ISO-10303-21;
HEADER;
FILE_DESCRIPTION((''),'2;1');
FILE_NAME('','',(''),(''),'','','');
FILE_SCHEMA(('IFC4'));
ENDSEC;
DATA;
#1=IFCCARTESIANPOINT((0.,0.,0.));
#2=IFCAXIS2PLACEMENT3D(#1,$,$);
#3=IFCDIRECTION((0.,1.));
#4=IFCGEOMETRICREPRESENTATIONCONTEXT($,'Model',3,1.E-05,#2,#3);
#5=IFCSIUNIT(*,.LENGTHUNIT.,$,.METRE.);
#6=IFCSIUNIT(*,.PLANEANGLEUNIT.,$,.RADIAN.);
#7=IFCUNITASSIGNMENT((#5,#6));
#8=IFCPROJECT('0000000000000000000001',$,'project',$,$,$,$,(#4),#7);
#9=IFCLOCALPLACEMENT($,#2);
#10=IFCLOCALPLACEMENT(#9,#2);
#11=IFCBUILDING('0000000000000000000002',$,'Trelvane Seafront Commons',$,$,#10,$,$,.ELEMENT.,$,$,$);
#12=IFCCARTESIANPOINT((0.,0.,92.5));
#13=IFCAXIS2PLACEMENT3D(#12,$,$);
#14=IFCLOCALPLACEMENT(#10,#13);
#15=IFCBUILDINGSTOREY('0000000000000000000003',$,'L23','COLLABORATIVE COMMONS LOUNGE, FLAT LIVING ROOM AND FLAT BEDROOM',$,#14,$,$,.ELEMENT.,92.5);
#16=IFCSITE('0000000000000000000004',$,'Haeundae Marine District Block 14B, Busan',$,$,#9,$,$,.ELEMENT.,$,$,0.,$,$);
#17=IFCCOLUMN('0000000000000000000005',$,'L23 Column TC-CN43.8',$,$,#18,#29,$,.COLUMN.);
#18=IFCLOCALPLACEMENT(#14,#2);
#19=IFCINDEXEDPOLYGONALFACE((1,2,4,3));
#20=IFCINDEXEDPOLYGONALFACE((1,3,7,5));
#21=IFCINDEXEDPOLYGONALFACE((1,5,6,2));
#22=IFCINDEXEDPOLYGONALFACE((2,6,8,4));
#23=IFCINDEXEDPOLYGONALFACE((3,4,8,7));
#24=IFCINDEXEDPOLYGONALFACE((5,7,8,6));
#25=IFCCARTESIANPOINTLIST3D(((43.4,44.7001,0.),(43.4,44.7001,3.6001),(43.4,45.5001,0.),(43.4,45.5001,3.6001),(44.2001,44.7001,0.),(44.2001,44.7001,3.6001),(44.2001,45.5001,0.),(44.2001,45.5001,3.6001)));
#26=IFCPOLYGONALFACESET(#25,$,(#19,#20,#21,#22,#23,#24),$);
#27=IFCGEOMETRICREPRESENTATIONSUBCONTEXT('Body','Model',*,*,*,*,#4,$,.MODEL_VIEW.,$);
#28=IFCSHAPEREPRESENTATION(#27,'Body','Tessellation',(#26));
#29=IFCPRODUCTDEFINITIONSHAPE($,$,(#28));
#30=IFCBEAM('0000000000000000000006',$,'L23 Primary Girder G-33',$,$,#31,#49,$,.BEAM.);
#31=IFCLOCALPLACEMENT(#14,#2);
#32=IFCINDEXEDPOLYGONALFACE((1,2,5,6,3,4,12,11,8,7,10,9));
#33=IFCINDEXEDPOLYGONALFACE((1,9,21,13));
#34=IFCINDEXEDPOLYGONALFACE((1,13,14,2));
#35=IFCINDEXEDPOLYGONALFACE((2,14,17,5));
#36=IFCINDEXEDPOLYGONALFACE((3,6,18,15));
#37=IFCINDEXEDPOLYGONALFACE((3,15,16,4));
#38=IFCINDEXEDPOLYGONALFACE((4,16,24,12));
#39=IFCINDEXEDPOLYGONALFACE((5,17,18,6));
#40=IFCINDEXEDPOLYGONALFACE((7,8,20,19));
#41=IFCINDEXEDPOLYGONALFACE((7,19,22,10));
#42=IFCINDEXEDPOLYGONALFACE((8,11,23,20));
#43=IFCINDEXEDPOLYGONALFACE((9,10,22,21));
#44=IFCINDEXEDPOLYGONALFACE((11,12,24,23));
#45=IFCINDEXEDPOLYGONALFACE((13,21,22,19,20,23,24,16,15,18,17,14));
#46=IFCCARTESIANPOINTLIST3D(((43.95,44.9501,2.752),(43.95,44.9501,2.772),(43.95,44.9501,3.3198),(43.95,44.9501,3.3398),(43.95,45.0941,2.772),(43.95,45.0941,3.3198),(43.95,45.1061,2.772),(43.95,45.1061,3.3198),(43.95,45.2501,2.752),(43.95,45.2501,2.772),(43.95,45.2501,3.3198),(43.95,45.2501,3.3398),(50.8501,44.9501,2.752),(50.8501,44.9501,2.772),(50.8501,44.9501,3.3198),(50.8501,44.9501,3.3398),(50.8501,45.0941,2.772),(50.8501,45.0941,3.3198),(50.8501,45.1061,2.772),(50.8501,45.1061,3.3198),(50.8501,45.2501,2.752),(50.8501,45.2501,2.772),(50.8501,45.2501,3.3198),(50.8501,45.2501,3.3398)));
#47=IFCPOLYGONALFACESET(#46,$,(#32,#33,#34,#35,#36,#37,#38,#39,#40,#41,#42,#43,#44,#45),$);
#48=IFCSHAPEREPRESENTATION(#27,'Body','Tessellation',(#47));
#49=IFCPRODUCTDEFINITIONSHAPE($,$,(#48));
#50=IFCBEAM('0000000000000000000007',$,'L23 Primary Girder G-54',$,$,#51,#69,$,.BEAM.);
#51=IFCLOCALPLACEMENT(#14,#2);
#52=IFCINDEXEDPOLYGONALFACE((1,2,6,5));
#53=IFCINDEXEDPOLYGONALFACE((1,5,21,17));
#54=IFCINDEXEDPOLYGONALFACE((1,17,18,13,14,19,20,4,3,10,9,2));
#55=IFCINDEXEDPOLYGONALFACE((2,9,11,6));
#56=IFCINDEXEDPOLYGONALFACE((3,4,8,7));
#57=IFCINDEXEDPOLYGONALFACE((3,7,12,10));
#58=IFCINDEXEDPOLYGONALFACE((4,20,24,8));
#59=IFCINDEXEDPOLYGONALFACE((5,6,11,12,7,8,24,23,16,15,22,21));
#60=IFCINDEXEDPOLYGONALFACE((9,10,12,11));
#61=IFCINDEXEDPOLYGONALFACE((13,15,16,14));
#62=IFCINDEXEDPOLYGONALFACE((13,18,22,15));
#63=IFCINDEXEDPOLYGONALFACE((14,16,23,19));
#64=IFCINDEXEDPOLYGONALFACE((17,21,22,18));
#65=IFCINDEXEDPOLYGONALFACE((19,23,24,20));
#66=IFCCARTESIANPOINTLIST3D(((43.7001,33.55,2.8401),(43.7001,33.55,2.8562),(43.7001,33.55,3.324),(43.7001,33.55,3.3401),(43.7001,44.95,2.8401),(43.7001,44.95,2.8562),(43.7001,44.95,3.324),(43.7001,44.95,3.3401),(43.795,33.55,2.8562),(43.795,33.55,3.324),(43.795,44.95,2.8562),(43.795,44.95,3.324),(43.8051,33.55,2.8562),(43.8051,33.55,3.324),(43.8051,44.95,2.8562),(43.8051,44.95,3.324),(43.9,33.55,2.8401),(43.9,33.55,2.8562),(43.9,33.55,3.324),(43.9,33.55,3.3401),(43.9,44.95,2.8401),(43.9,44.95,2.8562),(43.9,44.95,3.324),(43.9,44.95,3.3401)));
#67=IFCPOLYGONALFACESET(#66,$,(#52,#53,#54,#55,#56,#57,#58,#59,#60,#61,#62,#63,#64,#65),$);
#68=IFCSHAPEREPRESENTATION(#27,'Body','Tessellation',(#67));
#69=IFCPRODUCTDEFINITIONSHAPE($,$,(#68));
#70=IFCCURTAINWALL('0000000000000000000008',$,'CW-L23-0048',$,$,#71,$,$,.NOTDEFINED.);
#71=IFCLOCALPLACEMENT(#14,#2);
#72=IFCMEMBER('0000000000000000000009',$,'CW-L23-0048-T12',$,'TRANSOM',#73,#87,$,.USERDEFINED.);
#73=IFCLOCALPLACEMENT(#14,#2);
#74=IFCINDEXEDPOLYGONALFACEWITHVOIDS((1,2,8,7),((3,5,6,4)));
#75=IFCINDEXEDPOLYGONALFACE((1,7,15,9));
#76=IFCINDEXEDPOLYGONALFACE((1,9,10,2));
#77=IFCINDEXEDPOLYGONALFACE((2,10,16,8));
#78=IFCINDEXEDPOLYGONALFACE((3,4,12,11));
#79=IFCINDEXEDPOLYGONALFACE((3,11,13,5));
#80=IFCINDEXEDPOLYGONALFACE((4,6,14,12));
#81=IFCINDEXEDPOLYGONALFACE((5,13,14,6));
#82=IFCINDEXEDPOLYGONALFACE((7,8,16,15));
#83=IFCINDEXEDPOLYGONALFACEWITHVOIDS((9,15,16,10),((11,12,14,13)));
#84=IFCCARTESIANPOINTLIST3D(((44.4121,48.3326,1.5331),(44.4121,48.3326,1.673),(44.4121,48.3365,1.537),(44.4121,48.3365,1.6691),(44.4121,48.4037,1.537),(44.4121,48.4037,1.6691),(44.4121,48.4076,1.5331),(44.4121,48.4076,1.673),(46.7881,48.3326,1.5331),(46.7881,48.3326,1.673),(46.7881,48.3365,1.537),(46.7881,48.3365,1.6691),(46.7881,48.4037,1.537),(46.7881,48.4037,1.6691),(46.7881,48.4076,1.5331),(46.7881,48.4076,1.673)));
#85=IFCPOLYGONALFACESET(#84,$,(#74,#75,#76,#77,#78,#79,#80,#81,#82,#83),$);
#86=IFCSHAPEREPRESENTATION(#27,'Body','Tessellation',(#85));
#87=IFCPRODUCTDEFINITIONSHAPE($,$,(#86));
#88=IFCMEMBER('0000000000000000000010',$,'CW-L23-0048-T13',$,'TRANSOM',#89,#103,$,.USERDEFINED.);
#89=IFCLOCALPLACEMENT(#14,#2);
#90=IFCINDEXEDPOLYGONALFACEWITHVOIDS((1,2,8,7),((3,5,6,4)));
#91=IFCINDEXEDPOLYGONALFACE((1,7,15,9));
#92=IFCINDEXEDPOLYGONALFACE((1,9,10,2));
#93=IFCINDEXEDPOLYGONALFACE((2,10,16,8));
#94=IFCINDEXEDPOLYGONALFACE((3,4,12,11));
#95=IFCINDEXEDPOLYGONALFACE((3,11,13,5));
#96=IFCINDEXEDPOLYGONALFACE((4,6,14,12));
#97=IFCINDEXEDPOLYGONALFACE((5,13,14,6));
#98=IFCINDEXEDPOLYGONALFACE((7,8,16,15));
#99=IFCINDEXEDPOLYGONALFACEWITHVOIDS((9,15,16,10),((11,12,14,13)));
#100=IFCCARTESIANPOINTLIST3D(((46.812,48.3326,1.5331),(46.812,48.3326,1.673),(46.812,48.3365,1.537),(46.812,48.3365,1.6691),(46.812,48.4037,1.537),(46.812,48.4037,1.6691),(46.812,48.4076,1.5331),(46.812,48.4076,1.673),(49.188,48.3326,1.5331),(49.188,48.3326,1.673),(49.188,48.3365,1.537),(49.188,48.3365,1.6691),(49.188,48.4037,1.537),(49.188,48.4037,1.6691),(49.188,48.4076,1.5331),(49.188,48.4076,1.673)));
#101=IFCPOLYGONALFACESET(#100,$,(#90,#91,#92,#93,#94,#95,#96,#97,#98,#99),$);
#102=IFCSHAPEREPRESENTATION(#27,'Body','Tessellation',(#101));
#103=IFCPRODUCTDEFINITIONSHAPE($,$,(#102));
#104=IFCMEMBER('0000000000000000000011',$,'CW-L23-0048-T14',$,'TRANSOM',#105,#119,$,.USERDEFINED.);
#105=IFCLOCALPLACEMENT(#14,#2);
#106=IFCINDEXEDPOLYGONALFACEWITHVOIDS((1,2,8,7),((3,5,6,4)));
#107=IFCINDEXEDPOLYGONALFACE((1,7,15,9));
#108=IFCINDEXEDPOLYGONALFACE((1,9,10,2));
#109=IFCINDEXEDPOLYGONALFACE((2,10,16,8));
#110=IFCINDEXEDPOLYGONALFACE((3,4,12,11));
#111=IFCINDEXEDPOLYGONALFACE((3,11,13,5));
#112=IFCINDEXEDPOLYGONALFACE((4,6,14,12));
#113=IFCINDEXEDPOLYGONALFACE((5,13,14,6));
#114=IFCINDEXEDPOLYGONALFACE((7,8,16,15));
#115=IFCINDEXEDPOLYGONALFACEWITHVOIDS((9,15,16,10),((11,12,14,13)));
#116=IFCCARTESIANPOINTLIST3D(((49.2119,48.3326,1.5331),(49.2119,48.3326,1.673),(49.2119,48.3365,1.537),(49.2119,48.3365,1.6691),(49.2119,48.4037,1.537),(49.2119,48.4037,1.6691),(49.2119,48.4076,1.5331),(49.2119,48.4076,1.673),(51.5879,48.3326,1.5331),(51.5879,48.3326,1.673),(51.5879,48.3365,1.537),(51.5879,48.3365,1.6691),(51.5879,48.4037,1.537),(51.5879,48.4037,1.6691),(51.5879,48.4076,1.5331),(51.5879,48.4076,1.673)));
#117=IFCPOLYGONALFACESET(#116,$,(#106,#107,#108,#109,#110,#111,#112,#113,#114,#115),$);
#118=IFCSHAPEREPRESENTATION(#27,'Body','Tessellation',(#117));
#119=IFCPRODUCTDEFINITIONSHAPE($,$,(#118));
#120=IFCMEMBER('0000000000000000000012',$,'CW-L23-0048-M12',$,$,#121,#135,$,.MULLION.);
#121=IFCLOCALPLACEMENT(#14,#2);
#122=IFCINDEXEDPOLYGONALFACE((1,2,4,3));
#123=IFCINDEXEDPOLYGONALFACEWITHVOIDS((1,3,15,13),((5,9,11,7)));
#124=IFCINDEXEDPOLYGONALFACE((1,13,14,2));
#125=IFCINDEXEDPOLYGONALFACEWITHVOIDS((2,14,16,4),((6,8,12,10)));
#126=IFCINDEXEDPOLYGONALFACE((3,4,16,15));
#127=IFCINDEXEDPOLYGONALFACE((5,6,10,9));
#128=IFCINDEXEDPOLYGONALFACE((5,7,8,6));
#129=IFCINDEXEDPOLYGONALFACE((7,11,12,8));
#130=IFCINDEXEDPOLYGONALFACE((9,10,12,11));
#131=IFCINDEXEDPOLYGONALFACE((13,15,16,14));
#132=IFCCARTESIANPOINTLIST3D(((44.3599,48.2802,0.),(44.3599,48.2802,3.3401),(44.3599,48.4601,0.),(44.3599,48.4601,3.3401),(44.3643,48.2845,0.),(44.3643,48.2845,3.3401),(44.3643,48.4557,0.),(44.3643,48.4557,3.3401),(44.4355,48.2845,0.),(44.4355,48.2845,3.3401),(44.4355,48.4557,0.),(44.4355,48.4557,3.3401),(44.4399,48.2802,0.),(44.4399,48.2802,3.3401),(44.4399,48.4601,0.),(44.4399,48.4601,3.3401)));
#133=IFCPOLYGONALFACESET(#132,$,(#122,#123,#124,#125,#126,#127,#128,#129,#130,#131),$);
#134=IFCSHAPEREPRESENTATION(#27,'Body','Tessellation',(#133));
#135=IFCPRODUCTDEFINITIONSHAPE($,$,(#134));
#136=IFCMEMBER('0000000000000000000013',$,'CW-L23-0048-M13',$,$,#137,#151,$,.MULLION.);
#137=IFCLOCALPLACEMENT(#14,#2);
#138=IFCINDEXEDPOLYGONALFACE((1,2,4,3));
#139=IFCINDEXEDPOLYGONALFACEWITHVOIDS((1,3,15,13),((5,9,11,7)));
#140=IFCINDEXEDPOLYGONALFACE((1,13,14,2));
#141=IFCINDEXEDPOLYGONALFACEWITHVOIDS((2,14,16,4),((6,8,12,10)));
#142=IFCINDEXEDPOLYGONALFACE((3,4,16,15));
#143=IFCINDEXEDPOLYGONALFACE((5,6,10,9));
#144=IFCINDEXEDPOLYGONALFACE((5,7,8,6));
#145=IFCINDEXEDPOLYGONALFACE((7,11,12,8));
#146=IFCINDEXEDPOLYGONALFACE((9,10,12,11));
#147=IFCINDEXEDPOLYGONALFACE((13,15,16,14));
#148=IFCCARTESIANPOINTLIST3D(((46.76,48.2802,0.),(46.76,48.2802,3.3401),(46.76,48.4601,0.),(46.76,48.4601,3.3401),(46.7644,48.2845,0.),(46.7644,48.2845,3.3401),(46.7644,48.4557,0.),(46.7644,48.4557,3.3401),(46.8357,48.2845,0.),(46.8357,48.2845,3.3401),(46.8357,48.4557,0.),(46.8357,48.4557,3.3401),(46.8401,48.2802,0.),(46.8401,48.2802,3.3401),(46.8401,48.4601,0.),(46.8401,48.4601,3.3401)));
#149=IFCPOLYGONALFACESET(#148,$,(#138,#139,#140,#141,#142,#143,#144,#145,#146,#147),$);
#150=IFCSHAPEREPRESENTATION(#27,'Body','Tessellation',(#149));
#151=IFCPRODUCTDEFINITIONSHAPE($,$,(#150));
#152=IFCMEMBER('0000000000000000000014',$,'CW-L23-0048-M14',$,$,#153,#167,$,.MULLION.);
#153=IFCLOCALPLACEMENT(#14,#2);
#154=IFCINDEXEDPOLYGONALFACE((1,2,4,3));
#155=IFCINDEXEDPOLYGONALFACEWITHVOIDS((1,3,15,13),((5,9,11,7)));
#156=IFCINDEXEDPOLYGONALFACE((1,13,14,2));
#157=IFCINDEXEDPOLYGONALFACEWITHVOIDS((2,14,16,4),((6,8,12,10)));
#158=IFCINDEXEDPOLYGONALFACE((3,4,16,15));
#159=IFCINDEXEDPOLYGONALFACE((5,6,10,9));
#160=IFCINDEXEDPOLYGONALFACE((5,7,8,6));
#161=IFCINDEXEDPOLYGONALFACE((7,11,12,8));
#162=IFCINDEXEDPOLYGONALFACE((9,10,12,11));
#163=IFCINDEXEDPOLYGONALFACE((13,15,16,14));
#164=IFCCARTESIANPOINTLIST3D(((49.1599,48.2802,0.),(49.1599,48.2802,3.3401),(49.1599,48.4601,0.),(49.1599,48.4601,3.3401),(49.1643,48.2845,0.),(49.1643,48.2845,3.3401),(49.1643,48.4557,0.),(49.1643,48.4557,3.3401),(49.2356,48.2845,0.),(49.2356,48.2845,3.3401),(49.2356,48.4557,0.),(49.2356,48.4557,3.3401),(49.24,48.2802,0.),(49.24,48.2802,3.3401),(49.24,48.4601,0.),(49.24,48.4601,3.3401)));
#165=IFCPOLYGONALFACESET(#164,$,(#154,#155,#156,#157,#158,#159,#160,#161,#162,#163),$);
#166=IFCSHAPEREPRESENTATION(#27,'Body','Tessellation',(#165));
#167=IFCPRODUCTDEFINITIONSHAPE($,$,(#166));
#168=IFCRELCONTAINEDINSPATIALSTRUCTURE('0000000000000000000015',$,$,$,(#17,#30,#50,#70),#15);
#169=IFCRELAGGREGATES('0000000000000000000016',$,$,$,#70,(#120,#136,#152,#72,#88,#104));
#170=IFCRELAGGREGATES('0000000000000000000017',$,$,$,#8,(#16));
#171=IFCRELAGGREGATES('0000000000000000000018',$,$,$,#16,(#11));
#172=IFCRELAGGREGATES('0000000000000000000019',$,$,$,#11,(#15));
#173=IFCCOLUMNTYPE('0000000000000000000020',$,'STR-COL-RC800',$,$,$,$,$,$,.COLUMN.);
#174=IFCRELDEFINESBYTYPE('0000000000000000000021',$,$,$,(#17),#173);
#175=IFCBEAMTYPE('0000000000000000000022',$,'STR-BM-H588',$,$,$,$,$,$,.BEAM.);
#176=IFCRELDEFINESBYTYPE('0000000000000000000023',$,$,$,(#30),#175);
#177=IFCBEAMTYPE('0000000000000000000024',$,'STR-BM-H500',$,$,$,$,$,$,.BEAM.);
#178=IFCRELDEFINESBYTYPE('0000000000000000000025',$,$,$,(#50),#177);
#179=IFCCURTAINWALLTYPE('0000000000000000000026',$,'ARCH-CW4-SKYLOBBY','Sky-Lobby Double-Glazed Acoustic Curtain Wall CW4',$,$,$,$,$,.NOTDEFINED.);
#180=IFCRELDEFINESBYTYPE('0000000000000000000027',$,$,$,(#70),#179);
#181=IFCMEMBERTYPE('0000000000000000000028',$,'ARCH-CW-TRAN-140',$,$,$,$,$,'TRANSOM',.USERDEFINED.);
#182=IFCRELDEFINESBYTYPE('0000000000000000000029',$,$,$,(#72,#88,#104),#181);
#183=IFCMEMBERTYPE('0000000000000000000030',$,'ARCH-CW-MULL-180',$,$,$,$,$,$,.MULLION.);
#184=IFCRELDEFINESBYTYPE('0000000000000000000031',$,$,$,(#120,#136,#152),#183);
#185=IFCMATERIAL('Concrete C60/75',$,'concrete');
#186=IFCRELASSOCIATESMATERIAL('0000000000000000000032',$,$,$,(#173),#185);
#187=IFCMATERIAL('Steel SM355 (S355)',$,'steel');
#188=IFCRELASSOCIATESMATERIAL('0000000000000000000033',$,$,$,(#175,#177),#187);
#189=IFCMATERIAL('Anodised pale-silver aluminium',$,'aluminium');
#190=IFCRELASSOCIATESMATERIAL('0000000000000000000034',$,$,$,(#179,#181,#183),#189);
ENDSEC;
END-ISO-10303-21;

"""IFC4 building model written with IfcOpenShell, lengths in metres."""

from ifc_helpers import new_model, si_unit, direction, frame, origin, origin_2d, place, context, subcontext, project, spatial, rectangle, hollow_rectangle, i_section, extrude, source, transform, mapped, material, material_profile, profile_set, type_object, element, aggregate, save


model = new_model("IFC4")

# Units and contexts
model_context = context("Model", 3, precision=1e-05, world=origin(), true_north=direction((0.0, 1.0)))
body_context = subcontext(model_context, "Body", "Model", "MODEL_VIEW")
ifc_project = project(units=[si_unit("LENGTHUNIT", "METRE"), si_unit("PLANEANGLEUNIT", "RADIAN")], contexts=[model_context])

# Site, building, storey
site_placement = place(None, origin())
site = spatial("IfcSite", under=ifc_project, at=site_placement, Name="Haeundae Marine District Block 14B, Busan", CompositionType="ELEMENT", RefElevation=0.0)
building_placement = place(site_placement, origin())
building = spatial("IfcBuilding", under=site, at=building_placement, Name="Trelvane Seafront Commons", CompositionType="ELEMENT")
storey_placement = place(building_placement, frame((0.0, 0.0, 92.5)))
storey = spatial("IfcBuildingStorey", under=building, at=storey_placement, Name="L23", Description="COLLABORATIVE COMMONS LOUNGE, FLAT LIVING ROOM AND FLAT BEDROOM", CompositionType="ELEMENT", Elevation=92.5)

# Column
ifc_material_1 = material(Name="Concrete C60/75", Category="concrete")
ifc_material_profile_1 = material_profile(ifc_material_1, rectangle(XDim=0.8, YDim=0.8, at=origin_2d()), Name="RC-800x800")
ifc_profile_set_1 = profile_set([ifc_material_profile_1], Name="Concrete C60/75")
column_type = type_object("IfcColumnType", Name="STR-COL-RC800", PredefinedType="COLUMN", material=ifc_profile_set_1)
shared_shape_1 = source(origin(), body_context, "Body", "SweptSolid", [
    extrude(rectangle(XDim=0.8, YDim=0.8, at=origin_2d()), origin(), (0.0, 0.0, 1.0), 3.6001),
])
column_placement = place(storey_placement, frame((43.8, 45.1001, 0.0), z_axis=(0.0, 0.0, 1.0), x_axis=(1.0, 0.0, 0.0)))
element("IfcColumn", 1, at=column_placement, inside=storey, type_object=column_type, Name="L23 Column TC-CN43.8", PredefinedType="COLUMN", context=body_context, shape_type="MappedRepresentation", body=[
    mapped(shared_shape_1, transform((0.0, 0.0, 0.0), x_axis=(1.0, 0.0, 0.0), y_axis=(0.0, 1.0, 0.0), z_axis=(0.0, 0.0, 1.0), scale=1.0)),
])

# Beams
ifc_material_2 = material(Name="Steel SM355 (S355)", Category="steel")
ifc_material_profile_2 = material_profile(ifc_material_2, i_section(OverallWidth=0.3, OverallDepth=0.5879, WebThickness=0.012, FlangeThickness=0.02, at=origin_2d()), Name="H-588x300x12x20")
ifc_profile_set_2 = profile_set([ifc_material_profile_2], Name="Steel SM355 (S355)")
beam_type_1 = type_object("IfcBeamType", Name="STR-BM-H588", PredefinedType="BEAM", material=ifc_profile_set_2)
shared_shape_2 = source(origin(), body_context, "Body", "SweptSolid", [
    extrude(i_section(OverallWidth=0.3, OverallDepth=0.5879, WebThickness=0.012, FlangeThickness=0.02, at=origin_2d()), origin(), (0.0, 0.0, 1.0), 6.9001),
])
beam_1_placement = place(storey_placement, frame((43.95, 45.1001, 3.0459), z_axis=(1.0, 0.0, 0.0), x_axis=(0.0, 1.0, 0.0)))
element("IfcBeam", 2, at=beam_1_placement, inside=storey, type_object=beam_type_1, Name="L23 Primary Girder G-33", PredefinedType="BEAM", context=body_context, shape_type="MappedRepresentation", body=[
    mapped(shared_shape_2, transform((0.0, 0.0, 0.0), x_axis=(1.0, 0.0, 0.0), y_axis=(0.0, 1.0, 0.0), z_axis=(0.0, 0.0, 1.0), scale=1.0)),
])
ifc_material_profile_3 = material_profile(ifc_material_2, i_section(OverallWidth=0.2, OverallDepth=0.5, WebThickness=0.01, FlangeThickness=0.0161, at=origin_2d()), Name="H-500x200x10x16")
ifc_profile_set_3 = profile_set([ifc_material_profile_3], Name="Steel SM355 (S355)")
beam_type_2 = type_object("IfcBeamType", Name="STR-BM-H500", PredefinedType="BEAM", material=ifc_profile_set_3)
shared_shape_3 = source(origin(), body_context, "Body", "SweptSolid", [
    extrude(i_section(OverallWidth=0.2, OverallDepth=0.5, WebThickness=0.01, FlangeThickness=0.0161, at=origin_2d()), origin(), (0.0, 0.0, 1.0), 11.3999),
])
beam_2_placement = place(storey_placement, frame((43.8, 33.55, 3.0901), z_axis=(0.0, 1.0, 0.0), x_axis=(-1.0, 0.0, 0.0)))
element("IfcBeam", 3, at=beam_2_placement, inside=storey, type_object=beam_type_2, Name="L23 Primary Girder G-54", PredefinedType="BEAM", context=body_context, shape_type="MappedRepresentation", body=[
    mapped(shared_shape_3, transform((0.0, 0.0, 0.0), x_axis=(1.0, 0.0, 0.0), y_axis=(0.0, 1.0, 0.0), z_axis=(0.0, 0.0, 1.0), scale=1.0)),
])

# Curtain wall, members
ifc_material_3 = material(Name="Anodised pale-silver aluminium", Category="aluminium")
curtain_wall_type = type_object("IfcCurtainWallType", Name="ARCH-CW4-SKYLOBBY", Description="Sky-Lobby Double-Glazed Acoustic Curtain Wall CW4", PredefinedType="NOTDEFINED", material=ifc_material_3)
curtain_wall_placement = place(storey_placement, origin())
curtain_wall = element("IfcCurtainWall", 4, at=curtain_wall_placement, inside=storey, type_object=curtain_wall_type, Name="CW-L23-0048", PredefinedType="NOTDEFINED")
ifc_material_profile_4 = material_profile(ifc_material_3, hollow_rectangle(XDim=0.075, YDim=0.1399, WallThickness=0.0039, at=origin_2d()), Name="TRAN-75x140x4")
ifc_profile_set_4 = profile_set([ifc_material_profile_4], Name="Anodised pale-silver aluminium")
member_type_1 = type_object("IfcMemberType", Name="ARCH-CW-TRAN-140", ElementType="TRANSOM", PredefinedType="USERDEFINED", material=ifc_profile_set_4)
shared_shape_4 = source(origin(), body_context, "Body", "SweptSolid", [
    extrude(hollow_rectangle(XDim=0.075, YDim=0.1399, WallThickness=0.0039, at=origin_2d()), origin(), (0.0, 0.0, 1.0), 2.376),
])
member_1_placement = place(storey_placement, frame((44.4121, 48.3701, 1.603), z_axis=(1.0, 0.0, 0.0), x_axis=(0.0, 1.0, 0.0)))
member_1 = element("IfcMember", 5, at=member_1_placement, type_object=member_type_1, Name="CW-L23-0048-T12", ObjectType="TRANSOM", PredefinedType="USERDEFINED", context=body_context, shape_type="MappedRepresentation", body=[
    mapped(shared_shape_4, transform((0.0, 0.0, 0.0), x_axis=(1.0, 0.0, 0.0), y_axis=(0.0, 1.0, 0.0), z_axis=(0.0, 0.0, 1.0), scale=1.0)),
])
member_2_placement = place(storey_placement, frame((46.812, 48.3701, 1.603), z_axis=(1.0, 0.0, 0.0), x_axis=(0.0, 1.0, 0.0)))
member_2 = element("IfcMember", 6, at=member_2_placement, type_object=member_type_1, Name="CW-L23-0048-T13", ObjectType="TRANSOM", PredefinedType="USERDEFINED", context=body_context, shape_type="MappedRepresentation", body=[
    mapped(shared_shape_4, transform((0.0, 0.0, 0.0), x_axis=(1.0, 0.0, 0.0), y_axis=(0.0, 1.0, 0.0), z_axis=(0.0, 0.0, 1.0), scale=1.0)),
])
member_3_placement = place(storey_placement, frame((49.2119, 48.3701, 1.603), z_axis=(1.0, 0.0, 0.0), x_axis=(0.0, 1.0, 0.0)))
member_3 = element("IfcMember", 7, at=member_3_placement, type_object=member_type_1, Name="CW-L23-0048-T14", ObjectType="TRANSOM", PredefinedType="USERDEFINED", context=body_context, shape_type="MappedRepresentation", body=[
    mapped(shared_shape_4, transform((0.0, 0.0, 0.0), x_axis=(1.0, 0.0, 0.0), y_axis=(0.0, 1.0, 0.0), z_axis=(0.0, 0.0, 1.0), scale=1.0)),
])
ifc_material_profile_5 = material_profile(ifc_material_3, hollow_rectangle(XDim=0.0801, YDim=0.1799, WallThickness=0.0044, at=origin_2d()), Name="MULL-80x180x4.5")
ifc_profile_set_5 = profile_set([ifc_material_profile_5], Name="Anodised pale-silver aluminium")
member_type_2 = type_object("IfcMemberType", Name="ARCH-CW-MULL-180", PredefinedType="MULLION", material=ifc_profile_set_5)
shared_shape_5 = source(origin(), body_context, "Body", "SweptSolid", [
    extrude(hollow_rectangle(XDim=0.0801, YDim=0.1799, WallThickness=0.0044, at=origin_2d()), origin(), (0.0, 0.0, 1.0), 3.3401),
])
member_4_placement = place(storey_placement, frame((44.3999, 48.3701, 0.0), z_axis=(0.0, 0.0, 1.0), x_axis=(1.0, 0.0, 0.0)))
member_4 = element("IfcMember", 8, at=member_4_placement, type_object=member_type_2, Name="CW-L23-0048-M12", PredefinedType="MULLION", context=body_context, shape_type="MappedRepresentation", body=[
    mapped(shared_shape_5, transform((0.0, 0.0, 0.0), x_axis=(1.0, 0.0, 0.0), y_axis=(0.0, 1.0, 0.0), z_axis=(0.0, 0.0, 1.0), scale=1.0)),
])
member_5_placement = place(storey_placement, frame((46.8, 48.3701, 0.0), z_axis=(0.0, 0.0, 1.0), x_axis=(1.0, 0.0, 0.0)))
member_5 = element("IfcMember", 9, at=member_5_placement, type_object=member_type_2, Name="CW-L23-0048-M13", PredefinedType="MULLION", context=body_context, shape_type="MappedRepresentation", body=[
    mapped(shared_shape_5, transform((0.0, 0.0, 0.0), x_axis=(1.0, 0.0, 0.0), y_axis=(0.0, 1.0, 0.0), z_axis=(0.0, 0.0, 1.0), scale=1.0)),
])
member_6_placement = place(storey_placement, frame((49.2, 48.3701, 0.0), z_axis=(0.0, 0.0, 1.0), x_axis=(1.0, 0.0, 0.0)))
member_6 = element("IfcMember", 10, at=member_6_placement, type_object=member_type_2, Name="CW-L23-0048-M14", PredefinedType="MULLION", context=body_context, shape_type="MappedRepresentation", body=[
    mapped(shared_shape_5, transform((0.0, 0.0, 0.0), x_axis=(1.0, 0.0, 0.0), y_axis=(0.0, 1.0, 0.0), z_axis=(0.0, 0.0, 1.0), scale=1.0)),
])

aggregate(curtain_wall, [member_4, member_5, member_6, member_1, member_2, member_3])

save(model, "model.ifc")
